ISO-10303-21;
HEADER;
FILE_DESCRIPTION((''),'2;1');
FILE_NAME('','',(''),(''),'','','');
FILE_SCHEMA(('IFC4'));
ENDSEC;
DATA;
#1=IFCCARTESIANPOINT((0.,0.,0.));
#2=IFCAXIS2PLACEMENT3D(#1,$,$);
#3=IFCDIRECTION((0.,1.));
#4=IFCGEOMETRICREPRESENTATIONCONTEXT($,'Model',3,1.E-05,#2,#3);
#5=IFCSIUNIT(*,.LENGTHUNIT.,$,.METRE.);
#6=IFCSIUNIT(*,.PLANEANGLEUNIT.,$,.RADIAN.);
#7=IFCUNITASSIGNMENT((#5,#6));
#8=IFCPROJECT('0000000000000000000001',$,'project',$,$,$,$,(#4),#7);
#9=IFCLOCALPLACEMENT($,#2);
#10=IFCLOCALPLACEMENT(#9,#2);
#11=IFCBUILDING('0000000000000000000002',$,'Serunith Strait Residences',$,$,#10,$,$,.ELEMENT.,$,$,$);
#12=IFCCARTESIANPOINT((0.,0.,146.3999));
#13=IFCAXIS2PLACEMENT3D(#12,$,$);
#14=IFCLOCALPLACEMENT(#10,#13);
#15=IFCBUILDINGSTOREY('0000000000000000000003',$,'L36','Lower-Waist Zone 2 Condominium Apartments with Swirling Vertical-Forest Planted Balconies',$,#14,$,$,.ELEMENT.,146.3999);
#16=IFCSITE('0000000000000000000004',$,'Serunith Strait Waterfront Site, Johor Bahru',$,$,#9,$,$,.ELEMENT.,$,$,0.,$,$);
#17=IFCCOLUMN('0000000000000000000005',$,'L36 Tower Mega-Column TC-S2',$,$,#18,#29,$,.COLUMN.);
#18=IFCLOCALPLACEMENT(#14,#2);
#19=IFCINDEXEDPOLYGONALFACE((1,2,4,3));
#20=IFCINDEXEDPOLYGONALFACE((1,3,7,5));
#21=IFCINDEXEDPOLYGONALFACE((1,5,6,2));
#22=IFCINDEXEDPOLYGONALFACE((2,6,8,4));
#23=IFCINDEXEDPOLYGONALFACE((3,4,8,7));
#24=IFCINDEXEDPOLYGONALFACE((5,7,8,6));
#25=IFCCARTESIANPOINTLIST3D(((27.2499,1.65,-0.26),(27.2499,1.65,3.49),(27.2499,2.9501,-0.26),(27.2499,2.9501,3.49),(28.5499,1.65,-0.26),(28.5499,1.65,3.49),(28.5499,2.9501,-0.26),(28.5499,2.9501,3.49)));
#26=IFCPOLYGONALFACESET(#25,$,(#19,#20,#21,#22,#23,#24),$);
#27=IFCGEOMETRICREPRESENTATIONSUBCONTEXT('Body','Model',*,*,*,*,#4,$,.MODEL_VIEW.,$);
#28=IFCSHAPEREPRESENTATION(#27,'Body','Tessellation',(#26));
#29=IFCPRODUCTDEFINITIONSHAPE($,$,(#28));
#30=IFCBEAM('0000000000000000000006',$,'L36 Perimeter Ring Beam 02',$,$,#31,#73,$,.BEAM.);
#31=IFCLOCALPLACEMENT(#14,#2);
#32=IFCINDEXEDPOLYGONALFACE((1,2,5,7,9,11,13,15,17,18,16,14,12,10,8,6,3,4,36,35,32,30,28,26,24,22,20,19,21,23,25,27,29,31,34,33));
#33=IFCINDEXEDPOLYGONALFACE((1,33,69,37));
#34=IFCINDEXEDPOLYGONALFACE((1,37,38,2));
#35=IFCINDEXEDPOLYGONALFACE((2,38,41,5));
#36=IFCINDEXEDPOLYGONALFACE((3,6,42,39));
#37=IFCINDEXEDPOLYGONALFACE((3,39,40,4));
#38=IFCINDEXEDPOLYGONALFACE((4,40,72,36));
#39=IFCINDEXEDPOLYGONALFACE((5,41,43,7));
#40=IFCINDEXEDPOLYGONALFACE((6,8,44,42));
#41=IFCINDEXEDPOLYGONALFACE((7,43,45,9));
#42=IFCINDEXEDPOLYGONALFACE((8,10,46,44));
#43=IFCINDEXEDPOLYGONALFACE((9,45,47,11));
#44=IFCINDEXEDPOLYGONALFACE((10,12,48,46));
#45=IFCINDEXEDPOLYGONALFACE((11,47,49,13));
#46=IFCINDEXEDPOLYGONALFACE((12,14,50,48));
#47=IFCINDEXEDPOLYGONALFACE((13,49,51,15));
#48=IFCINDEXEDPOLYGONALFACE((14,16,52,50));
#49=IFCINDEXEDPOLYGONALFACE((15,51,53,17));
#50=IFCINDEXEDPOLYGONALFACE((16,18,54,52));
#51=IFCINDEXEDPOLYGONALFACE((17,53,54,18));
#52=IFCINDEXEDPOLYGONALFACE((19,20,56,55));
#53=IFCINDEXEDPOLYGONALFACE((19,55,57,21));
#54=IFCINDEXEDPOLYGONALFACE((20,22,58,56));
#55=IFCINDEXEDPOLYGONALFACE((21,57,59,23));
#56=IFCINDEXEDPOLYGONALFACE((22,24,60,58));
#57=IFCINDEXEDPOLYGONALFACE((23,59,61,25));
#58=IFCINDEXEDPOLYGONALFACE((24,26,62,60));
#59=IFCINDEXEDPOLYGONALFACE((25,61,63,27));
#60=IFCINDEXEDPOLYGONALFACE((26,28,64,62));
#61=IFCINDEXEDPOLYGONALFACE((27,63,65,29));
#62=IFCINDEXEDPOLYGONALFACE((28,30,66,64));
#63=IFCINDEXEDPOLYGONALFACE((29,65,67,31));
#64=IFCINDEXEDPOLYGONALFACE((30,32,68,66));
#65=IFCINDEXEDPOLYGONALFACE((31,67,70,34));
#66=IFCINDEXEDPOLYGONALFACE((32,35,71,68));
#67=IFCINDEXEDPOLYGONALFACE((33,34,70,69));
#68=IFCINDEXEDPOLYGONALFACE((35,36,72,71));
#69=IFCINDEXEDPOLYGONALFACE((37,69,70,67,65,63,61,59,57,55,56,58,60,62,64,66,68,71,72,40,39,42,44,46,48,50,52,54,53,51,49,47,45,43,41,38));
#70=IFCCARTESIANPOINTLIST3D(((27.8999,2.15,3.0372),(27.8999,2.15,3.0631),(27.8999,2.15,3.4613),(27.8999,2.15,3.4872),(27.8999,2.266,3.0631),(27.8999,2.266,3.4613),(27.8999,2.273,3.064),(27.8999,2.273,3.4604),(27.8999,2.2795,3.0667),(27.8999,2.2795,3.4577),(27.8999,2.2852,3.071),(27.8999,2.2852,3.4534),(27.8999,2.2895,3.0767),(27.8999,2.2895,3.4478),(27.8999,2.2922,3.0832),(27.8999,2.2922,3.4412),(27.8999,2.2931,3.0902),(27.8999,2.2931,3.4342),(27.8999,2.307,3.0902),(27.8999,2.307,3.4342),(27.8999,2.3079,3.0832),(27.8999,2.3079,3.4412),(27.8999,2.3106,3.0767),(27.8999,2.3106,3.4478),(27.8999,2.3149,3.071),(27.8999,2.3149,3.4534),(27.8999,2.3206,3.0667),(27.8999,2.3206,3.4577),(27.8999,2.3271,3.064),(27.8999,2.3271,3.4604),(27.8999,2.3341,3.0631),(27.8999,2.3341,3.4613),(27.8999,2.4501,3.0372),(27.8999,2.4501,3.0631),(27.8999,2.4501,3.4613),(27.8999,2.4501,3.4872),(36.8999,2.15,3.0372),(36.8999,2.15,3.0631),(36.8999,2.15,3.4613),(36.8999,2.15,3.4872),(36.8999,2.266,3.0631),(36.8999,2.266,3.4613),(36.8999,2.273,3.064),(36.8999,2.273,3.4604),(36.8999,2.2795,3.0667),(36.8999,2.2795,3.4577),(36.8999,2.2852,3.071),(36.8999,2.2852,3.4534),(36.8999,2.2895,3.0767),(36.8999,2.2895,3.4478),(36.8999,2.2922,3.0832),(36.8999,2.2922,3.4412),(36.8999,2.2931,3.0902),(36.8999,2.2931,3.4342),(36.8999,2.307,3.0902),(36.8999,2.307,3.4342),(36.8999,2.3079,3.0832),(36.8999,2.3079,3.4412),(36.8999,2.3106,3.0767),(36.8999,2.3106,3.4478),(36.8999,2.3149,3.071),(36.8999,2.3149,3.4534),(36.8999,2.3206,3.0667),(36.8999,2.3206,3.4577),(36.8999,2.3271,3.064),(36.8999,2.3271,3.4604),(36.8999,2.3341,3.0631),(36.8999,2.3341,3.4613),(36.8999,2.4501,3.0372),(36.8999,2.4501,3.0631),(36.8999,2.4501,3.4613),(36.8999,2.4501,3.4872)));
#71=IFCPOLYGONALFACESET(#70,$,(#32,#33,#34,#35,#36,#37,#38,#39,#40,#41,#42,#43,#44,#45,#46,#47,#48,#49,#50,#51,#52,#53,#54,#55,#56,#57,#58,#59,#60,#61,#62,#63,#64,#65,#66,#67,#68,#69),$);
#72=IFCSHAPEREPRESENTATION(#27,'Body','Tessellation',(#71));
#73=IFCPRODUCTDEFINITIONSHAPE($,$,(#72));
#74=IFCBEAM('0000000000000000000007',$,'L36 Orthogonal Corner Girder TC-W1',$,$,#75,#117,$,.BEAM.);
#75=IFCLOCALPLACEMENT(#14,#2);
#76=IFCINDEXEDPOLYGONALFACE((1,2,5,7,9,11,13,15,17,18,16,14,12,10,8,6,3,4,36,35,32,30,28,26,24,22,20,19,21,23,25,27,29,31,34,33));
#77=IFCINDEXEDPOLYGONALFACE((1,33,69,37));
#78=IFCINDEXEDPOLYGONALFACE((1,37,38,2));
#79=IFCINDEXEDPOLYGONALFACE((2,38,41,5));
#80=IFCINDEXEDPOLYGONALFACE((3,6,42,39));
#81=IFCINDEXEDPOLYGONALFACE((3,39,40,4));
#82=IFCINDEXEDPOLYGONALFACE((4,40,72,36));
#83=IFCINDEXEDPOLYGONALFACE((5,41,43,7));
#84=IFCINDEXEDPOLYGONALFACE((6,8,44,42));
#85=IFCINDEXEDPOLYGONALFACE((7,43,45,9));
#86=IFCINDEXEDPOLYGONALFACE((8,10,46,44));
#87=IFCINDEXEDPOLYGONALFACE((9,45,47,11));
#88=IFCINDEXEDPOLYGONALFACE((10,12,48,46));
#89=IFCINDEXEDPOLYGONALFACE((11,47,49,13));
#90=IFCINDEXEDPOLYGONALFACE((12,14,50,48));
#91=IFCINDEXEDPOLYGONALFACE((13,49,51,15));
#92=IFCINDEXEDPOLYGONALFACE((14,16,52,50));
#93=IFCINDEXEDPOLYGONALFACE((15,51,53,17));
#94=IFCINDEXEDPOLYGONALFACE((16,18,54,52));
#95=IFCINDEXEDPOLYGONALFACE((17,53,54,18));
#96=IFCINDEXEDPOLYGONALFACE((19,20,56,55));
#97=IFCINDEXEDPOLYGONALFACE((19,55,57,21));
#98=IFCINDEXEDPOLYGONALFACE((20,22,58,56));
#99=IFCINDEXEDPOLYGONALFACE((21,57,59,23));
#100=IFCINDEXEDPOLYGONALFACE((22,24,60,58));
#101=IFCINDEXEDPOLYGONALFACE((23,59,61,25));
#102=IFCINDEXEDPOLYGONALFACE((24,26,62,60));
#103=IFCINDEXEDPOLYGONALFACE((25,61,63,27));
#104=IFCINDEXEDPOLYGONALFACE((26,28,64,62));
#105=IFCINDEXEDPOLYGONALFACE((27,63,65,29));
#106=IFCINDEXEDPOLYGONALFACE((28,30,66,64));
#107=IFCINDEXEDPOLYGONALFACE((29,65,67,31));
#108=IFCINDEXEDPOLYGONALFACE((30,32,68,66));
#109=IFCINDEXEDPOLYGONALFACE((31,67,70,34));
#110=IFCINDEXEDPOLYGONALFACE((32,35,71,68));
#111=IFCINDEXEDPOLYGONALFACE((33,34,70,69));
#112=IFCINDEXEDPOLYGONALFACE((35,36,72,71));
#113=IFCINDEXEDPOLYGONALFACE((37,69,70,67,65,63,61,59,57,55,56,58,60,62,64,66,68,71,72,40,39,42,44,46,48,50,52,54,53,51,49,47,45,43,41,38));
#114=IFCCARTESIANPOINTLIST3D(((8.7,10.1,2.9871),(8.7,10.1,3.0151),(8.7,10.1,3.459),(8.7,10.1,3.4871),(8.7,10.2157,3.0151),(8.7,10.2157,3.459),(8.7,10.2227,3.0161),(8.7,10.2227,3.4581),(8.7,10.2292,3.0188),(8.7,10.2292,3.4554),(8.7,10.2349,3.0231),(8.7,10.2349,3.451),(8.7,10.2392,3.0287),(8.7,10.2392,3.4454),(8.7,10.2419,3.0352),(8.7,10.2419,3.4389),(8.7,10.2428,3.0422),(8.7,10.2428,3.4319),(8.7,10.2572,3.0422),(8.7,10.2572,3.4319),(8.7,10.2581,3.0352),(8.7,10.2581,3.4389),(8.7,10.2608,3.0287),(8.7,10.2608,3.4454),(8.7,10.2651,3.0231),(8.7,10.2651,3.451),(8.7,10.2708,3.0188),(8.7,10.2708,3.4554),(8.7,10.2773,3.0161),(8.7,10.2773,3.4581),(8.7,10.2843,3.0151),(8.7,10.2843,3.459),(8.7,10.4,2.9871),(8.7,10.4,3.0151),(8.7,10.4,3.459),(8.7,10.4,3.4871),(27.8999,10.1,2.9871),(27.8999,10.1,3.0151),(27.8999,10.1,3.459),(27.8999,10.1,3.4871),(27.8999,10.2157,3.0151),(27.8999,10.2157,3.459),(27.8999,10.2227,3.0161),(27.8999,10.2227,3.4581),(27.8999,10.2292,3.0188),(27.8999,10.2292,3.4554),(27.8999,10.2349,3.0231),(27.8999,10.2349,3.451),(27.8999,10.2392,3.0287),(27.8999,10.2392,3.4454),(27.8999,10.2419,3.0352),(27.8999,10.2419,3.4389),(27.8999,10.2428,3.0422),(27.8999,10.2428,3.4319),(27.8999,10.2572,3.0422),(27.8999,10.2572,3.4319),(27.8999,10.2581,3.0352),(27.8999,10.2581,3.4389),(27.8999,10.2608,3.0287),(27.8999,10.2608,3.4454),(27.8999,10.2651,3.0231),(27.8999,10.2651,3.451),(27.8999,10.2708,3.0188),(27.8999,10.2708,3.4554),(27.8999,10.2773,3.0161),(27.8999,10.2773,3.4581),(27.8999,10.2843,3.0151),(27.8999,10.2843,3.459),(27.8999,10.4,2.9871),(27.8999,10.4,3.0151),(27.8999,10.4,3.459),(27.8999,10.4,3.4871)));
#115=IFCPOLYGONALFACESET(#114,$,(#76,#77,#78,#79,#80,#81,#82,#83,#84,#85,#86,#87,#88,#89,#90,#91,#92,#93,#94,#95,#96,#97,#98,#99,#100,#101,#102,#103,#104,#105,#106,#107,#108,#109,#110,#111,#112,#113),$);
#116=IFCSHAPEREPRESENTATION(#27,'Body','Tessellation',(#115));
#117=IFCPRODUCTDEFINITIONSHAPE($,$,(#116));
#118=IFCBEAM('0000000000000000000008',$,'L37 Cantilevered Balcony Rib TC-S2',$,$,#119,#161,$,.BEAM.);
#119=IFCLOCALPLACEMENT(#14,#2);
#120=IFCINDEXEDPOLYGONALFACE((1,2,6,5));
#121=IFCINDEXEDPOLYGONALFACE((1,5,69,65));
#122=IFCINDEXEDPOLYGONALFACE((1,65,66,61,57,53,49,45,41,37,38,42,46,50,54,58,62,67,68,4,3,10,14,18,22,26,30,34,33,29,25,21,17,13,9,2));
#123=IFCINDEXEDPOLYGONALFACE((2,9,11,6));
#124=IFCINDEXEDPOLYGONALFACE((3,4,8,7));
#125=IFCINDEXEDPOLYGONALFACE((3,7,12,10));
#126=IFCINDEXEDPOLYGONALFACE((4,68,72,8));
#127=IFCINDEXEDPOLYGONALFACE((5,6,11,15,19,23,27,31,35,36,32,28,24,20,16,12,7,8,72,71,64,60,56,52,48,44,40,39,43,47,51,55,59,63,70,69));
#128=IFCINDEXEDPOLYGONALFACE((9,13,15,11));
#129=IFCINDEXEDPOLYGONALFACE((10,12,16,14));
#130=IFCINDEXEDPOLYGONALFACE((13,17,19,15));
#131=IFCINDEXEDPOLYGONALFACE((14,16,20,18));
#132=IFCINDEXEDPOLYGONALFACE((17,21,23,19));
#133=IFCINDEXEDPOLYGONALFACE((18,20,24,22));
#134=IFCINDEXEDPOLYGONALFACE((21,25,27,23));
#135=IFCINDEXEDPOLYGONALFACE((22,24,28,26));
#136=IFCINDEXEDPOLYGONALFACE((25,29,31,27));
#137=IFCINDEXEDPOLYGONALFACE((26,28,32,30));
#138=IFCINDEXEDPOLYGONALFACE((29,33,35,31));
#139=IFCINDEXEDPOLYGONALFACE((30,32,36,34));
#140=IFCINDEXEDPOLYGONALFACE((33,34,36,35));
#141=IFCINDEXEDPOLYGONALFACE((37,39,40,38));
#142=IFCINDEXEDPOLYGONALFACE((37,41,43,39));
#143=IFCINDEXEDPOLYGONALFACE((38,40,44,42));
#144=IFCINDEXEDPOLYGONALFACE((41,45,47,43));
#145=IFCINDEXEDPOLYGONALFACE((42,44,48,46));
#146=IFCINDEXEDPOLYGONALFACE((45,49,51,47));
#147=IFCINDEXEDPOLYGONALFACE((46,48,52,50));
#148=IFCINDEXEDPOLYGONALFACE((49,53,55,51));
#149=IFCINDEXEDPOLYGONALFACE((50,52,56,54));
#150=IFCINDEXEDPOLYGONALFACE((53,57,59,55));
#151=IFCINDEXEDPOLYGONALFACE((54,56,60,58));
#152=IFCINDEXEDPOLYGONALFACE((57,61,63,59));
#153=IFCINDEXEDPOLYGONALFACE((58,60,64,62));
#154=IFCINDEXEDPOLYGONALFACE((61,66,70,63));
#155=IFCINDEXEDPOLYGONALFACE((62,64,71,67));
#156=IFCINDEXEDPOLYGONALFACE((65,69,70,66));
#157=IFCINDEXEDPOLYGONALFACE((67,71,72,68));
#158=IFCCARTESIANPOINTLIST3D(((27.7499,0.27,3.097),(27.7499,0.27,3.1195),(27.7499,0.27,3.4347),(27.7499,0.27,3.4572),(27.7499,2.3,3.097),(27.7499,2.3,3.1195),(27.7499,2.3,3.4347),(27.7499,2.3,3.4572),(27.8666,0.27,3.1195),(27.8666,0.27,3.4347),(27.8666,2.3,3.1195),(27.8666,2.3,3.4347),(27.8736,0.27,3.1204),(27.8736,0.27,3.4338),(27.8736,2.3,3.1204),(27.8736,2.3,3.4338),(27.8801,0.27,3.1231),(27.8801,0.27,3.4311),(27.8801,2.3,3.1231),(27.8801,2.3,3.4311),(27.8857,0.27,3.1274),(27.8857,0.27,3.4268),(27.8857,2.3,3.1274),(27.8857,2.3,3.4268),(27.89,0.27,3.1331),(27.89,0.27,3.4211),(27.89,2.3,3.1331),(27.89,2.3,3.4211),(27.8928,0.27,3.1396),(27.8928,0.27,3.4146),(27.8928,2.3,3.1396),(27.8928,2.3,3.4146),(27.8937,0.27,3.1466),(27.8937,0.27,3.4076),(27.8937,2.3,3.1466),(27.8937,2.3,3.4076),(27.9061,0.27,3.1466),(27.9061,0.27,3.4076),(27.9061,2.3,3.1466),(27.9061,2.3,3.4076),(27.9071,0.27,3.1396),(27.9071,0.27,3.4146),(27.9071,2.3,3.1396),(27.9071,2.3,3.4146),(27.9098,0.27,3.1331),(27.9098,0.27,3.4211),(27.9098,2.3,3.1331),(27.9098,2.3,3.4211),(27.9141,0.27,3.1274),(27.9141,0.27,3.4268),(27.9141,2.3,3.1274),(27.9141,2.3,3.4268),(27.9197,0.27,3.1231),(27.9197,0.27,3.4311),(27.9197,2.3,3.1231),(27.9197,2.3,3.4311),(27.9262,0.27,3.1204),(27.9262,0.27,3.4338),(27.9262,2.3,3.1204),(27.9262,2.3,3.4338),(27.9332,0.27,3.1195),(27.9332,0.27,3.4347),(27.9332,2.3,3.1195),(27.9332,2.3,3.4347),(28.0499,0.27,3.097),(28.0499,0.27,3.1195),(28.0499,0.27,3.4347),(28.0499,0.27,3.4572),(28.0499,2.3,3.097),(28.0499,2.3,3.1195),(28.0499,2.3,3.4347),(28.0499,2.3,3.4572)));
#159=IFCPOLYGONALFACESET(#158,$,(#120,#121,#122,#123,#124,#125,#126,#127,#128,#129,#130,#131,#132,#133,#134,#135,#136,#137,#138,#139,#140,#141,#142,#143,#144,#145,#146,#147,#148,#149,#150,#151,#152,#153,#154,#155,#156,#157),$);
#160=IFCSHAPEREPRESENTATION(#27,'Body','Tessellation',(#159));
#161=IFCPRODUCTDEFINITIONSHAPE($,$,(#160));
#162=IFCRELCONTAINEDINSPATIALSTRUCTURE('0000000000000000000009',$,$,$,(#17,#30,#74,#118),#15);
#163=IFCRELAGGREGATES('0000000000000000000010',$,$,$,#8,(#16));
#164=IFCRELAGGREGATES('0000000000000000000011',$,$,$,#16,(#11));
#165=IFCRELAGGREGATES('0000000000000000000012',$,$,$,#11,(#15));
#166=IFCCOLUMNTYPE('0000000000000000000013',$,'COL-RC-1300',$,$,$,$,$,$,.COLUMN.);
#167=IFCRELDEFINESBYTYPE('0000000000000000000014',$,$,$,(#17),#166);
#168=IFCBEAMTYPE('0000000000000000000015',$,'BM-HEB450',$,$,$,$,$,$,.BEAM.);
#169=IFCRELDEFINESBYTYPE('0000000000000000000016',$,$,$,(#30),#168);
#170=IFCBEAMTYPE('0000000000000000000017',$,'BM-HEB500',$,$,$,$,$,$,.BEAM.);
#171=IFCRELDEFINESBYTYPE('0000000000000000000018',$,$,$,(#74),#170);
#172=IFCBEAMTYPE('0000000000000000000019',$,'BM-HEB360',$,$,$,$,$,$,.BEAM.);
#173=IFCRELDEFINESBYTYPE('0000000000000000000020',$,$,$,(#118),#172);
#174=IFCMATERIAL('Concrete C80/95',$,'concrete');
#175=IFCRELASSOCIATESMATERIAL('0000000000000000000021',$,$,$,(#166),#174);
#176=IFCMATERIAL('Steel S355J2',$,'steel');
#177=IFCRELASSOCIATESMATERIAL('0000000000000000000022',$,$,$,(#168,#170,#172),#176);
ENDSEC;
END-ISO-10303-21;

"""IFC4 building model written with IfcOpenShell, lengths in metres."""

from ifc_helpers import new_model, si_unit, direction, frame, origin, origin_2d, place, context, subcontext, project, spatial, rectangle, i_section, extrude, source, transform, mapped, material, material_profile, profile_set, type_object, element, save


model = new_model("IFC4")

# Units and contexts
model_context = context("Model", 3, precision=1e-05, world=origin(), true_north=direction((0.0, 1.0)))
body_context = subcontext(model_context, "Body", "Model", "MODEL_VIEW")
ifc_project = project(units=[si_unit("LENGTHUNIT", "METRE"), si_unit("PLANEANGLEUNIT", "RADIAN")], contexts=[model_context])

# Site, building, storey
site_placement = place(None, origin())
site = spatial("IfcSite", under=ifc_project, at=site_placement, Name="Serunith Strait Waterfront Site, Johor Bahru", CompositionType="ELEMENT", RefElevation=0.0)
building_placement = place(site_placement, origin())
building = spatial("IfcBuilding", under=site, at=building_placement, Name="Serunith Strait Residences", CompositionType="ELEMENT")
storey_placement = place(building_placement, frame((0.0, 0.0, 146.3999)))
storey = spatial("IfcBuildingStorey", under=building, at=storey_placement, Name="L36", Description="Lower-Waist Zone 2 Condominium Apartments with Swirling Vertical-Forest Planted Balconies", CompositionType="ELEMENT", Elevation=146.3999)

# Column
ifc_material_1 = material(Name="Concrete C80/95", Category="concrete")
ifc_material_profile_1 = material_profile(ifc_material_1, rectangle(XDim=1.3, YDim=1.3, at=origin_2d()), Name="RC 1300x1300")
ifc_profile_set_1 = profile_set([ifc_material_profile_1], Name="Concrete C80/95")
column_type = type_object("IfcColumnType", Name="COL-RC-1300", PredefinedType="COLUMN", material=ifc_profile_set_1)
shared_shape_1 = source(origin(), body_context, "Body", "SweptSolid", [
    extrude(rectangle(XDim=1.3, YDim=1.3, at=origin_2d()), origin(), (0.0, 0.0, 1.0), 3.75),
])
column_placement = place(storey_placement, frame((27.8999, 2.3, -0.26), z_axis=(0.0, 0.0, 1.0), x_axis=(1.0, 0.0, 0.0)))
element("IfcColumn", 1, at=column_placement, inside=storey, type_object=column_type, Name="L36 Tower Mega-Column TC-S2", PredefinedType="COLUMN", context=body_context, shape_type="MappedRepresentation", body=[
    mapped(shared_shape_1, transform((0.0, 0.0, 0.0), scale=1.0)),
])

# Beams
ifc_material_2 = material(Name="Steel S355J2", Category="steel")
ifc_material_profile_2 = material_profile(ifc_material_2, i_section(OverallWidth=0.3, OverallDepth=0.45, WebThickness=0.0139, FlangeThickness=0.0259, FilletRadius=0.0271, at=origin_2d()), Name="HEB 450")
ifc_profile_set_2 = profile_set([ifc_material_profile_2], Name="Steel S355J2")
beam_type_1 = type_object("IfcBeamType", Name="BM-HEB450", PredefinedType="BEAM", material=ifc_profile_set_2)
shared_shape_2 = source(origin(), body_context, "Body", "SweptSolid", [
    extrude(i_section(OverallWidth=0.3, OverallDepth=0.45, WebThickness=0.0139, FlangeThickness=0.0259, FilletRadius=0.0271, at=origin_2d()), origin(), (0.0, 0.0, 1.0), 9.0),
])
beam_1_placement = place(storey_placement, frame((27.8999, 2.3, 3.2622), z_axis=(1.0, 0.0, 0.0), x_axis=(0.0, 1.0, 0.0)))
element("IfcBeam", 2, at=beam_1_placement, inside=storey, type_object=beam_type_1, Name="L36 Perimeter Ring Beam 02", PredefinedType="BEAM", context=body_context, shape_type="MappedRepresentation", body=[
    mapped(shared_shape_2, transform((0.0, 0.0, 0.0), scale=1.0)),
])
ifc_material_profile_3 = material_profile(ifc_material_2, i_section(OverallWidth=0.3, OverallDepth=0.5, WebThickness=0.0144, FlangeThickness=0.0281, FilletRadius=0.0271, at=origin_2d()), Name="HEB 500")
ifc_profile_set_3 = profile_set([ifc_material_profile_3], Name="Steel S355J2")
beam_type_2 = type_object("IfcBeamType", Name="BM-HEB500", PredefinedType="BEAM", material=ifc_profile_set_3)
shared_shape_3 = source(origin(), body_context, "Body", "SweptSolid", [
    extrude(i_section(OverallWidth=0.3, OverallDepth=0.5, WebThickness=0.0144, FlangeThickness=0.0281, FilletRadius=0.0271, at=origin_2d()), origin(), (0.0, 0.0, 1.0), 19.2),
])
beam_2_placement = place(storey_placement, frame((27.8999, 10.25, 3.2371), z_axis=(-1.0, 0.0, 0.0), x_axis=(0.0, -1.0, 0.0)))
element("IfcBeam", 3, at=beam_2_placement, inside=storey, type_object=beam_type_2, Name="L36 Orthogonal Corner Girder TC-W1", PredefinedType="BEAM", context=body_context, shape_type="MappedRepresentation", body=[
    mapped(shared_shape_3, transform((0.0, 0.0, 0.0), scale=1.0)),
])
ifc_material_profile_4 = material_profile(ifc_material_2, i_section(OverallWidth=0.3, OverallDepth=0.3601, WebThickness=0.0125, FlangeThickness=0.0225, FilletRadius=0.0271, at=origin_2d()), Name="HEB 360")
ifc_profile_set_4 = profile_set([ifc_material_profile_4], Name="Steel S355J2")
beam_type_3 = type_object("IfcBeamType", Name="BM-HEB360", PredefinedType="BEAM", material=ifc_profile_set_4)
shared_shape_4 = source(origin(), body_context, "Body", "SweptSolid", [
    extrude(i_section(OverallWidth=0.3, OverallDepth=0.3601, WebThickness=0.0125, FlangeThickness=0.0225, FilletRadius=0.0271, at=origin_2d()), origin(), (0.0, 0.0, 1.0), 2.03),
])
beam_3_placement = place(storey_placement, frame((27.8999, 2.3, 3.2771), z_axis=(0.0, -1.0, 0.0), x_axis=(1.0, 0.0, 0.0)))
element("IfcBeam", 4, at=beam_3_placement, inside=storey, type_object=beam_type_3, Name="L37 Cantilevered Balcony Rib TC-S2", PredefinedType="BEAM", context=body_context, shape_type="MappedRepresentation", body=[
    mapped(shared_shape_4, transform((0.0, 0.0, 0.0), scale=1.0)),
])

save(model, "model.ifc")
